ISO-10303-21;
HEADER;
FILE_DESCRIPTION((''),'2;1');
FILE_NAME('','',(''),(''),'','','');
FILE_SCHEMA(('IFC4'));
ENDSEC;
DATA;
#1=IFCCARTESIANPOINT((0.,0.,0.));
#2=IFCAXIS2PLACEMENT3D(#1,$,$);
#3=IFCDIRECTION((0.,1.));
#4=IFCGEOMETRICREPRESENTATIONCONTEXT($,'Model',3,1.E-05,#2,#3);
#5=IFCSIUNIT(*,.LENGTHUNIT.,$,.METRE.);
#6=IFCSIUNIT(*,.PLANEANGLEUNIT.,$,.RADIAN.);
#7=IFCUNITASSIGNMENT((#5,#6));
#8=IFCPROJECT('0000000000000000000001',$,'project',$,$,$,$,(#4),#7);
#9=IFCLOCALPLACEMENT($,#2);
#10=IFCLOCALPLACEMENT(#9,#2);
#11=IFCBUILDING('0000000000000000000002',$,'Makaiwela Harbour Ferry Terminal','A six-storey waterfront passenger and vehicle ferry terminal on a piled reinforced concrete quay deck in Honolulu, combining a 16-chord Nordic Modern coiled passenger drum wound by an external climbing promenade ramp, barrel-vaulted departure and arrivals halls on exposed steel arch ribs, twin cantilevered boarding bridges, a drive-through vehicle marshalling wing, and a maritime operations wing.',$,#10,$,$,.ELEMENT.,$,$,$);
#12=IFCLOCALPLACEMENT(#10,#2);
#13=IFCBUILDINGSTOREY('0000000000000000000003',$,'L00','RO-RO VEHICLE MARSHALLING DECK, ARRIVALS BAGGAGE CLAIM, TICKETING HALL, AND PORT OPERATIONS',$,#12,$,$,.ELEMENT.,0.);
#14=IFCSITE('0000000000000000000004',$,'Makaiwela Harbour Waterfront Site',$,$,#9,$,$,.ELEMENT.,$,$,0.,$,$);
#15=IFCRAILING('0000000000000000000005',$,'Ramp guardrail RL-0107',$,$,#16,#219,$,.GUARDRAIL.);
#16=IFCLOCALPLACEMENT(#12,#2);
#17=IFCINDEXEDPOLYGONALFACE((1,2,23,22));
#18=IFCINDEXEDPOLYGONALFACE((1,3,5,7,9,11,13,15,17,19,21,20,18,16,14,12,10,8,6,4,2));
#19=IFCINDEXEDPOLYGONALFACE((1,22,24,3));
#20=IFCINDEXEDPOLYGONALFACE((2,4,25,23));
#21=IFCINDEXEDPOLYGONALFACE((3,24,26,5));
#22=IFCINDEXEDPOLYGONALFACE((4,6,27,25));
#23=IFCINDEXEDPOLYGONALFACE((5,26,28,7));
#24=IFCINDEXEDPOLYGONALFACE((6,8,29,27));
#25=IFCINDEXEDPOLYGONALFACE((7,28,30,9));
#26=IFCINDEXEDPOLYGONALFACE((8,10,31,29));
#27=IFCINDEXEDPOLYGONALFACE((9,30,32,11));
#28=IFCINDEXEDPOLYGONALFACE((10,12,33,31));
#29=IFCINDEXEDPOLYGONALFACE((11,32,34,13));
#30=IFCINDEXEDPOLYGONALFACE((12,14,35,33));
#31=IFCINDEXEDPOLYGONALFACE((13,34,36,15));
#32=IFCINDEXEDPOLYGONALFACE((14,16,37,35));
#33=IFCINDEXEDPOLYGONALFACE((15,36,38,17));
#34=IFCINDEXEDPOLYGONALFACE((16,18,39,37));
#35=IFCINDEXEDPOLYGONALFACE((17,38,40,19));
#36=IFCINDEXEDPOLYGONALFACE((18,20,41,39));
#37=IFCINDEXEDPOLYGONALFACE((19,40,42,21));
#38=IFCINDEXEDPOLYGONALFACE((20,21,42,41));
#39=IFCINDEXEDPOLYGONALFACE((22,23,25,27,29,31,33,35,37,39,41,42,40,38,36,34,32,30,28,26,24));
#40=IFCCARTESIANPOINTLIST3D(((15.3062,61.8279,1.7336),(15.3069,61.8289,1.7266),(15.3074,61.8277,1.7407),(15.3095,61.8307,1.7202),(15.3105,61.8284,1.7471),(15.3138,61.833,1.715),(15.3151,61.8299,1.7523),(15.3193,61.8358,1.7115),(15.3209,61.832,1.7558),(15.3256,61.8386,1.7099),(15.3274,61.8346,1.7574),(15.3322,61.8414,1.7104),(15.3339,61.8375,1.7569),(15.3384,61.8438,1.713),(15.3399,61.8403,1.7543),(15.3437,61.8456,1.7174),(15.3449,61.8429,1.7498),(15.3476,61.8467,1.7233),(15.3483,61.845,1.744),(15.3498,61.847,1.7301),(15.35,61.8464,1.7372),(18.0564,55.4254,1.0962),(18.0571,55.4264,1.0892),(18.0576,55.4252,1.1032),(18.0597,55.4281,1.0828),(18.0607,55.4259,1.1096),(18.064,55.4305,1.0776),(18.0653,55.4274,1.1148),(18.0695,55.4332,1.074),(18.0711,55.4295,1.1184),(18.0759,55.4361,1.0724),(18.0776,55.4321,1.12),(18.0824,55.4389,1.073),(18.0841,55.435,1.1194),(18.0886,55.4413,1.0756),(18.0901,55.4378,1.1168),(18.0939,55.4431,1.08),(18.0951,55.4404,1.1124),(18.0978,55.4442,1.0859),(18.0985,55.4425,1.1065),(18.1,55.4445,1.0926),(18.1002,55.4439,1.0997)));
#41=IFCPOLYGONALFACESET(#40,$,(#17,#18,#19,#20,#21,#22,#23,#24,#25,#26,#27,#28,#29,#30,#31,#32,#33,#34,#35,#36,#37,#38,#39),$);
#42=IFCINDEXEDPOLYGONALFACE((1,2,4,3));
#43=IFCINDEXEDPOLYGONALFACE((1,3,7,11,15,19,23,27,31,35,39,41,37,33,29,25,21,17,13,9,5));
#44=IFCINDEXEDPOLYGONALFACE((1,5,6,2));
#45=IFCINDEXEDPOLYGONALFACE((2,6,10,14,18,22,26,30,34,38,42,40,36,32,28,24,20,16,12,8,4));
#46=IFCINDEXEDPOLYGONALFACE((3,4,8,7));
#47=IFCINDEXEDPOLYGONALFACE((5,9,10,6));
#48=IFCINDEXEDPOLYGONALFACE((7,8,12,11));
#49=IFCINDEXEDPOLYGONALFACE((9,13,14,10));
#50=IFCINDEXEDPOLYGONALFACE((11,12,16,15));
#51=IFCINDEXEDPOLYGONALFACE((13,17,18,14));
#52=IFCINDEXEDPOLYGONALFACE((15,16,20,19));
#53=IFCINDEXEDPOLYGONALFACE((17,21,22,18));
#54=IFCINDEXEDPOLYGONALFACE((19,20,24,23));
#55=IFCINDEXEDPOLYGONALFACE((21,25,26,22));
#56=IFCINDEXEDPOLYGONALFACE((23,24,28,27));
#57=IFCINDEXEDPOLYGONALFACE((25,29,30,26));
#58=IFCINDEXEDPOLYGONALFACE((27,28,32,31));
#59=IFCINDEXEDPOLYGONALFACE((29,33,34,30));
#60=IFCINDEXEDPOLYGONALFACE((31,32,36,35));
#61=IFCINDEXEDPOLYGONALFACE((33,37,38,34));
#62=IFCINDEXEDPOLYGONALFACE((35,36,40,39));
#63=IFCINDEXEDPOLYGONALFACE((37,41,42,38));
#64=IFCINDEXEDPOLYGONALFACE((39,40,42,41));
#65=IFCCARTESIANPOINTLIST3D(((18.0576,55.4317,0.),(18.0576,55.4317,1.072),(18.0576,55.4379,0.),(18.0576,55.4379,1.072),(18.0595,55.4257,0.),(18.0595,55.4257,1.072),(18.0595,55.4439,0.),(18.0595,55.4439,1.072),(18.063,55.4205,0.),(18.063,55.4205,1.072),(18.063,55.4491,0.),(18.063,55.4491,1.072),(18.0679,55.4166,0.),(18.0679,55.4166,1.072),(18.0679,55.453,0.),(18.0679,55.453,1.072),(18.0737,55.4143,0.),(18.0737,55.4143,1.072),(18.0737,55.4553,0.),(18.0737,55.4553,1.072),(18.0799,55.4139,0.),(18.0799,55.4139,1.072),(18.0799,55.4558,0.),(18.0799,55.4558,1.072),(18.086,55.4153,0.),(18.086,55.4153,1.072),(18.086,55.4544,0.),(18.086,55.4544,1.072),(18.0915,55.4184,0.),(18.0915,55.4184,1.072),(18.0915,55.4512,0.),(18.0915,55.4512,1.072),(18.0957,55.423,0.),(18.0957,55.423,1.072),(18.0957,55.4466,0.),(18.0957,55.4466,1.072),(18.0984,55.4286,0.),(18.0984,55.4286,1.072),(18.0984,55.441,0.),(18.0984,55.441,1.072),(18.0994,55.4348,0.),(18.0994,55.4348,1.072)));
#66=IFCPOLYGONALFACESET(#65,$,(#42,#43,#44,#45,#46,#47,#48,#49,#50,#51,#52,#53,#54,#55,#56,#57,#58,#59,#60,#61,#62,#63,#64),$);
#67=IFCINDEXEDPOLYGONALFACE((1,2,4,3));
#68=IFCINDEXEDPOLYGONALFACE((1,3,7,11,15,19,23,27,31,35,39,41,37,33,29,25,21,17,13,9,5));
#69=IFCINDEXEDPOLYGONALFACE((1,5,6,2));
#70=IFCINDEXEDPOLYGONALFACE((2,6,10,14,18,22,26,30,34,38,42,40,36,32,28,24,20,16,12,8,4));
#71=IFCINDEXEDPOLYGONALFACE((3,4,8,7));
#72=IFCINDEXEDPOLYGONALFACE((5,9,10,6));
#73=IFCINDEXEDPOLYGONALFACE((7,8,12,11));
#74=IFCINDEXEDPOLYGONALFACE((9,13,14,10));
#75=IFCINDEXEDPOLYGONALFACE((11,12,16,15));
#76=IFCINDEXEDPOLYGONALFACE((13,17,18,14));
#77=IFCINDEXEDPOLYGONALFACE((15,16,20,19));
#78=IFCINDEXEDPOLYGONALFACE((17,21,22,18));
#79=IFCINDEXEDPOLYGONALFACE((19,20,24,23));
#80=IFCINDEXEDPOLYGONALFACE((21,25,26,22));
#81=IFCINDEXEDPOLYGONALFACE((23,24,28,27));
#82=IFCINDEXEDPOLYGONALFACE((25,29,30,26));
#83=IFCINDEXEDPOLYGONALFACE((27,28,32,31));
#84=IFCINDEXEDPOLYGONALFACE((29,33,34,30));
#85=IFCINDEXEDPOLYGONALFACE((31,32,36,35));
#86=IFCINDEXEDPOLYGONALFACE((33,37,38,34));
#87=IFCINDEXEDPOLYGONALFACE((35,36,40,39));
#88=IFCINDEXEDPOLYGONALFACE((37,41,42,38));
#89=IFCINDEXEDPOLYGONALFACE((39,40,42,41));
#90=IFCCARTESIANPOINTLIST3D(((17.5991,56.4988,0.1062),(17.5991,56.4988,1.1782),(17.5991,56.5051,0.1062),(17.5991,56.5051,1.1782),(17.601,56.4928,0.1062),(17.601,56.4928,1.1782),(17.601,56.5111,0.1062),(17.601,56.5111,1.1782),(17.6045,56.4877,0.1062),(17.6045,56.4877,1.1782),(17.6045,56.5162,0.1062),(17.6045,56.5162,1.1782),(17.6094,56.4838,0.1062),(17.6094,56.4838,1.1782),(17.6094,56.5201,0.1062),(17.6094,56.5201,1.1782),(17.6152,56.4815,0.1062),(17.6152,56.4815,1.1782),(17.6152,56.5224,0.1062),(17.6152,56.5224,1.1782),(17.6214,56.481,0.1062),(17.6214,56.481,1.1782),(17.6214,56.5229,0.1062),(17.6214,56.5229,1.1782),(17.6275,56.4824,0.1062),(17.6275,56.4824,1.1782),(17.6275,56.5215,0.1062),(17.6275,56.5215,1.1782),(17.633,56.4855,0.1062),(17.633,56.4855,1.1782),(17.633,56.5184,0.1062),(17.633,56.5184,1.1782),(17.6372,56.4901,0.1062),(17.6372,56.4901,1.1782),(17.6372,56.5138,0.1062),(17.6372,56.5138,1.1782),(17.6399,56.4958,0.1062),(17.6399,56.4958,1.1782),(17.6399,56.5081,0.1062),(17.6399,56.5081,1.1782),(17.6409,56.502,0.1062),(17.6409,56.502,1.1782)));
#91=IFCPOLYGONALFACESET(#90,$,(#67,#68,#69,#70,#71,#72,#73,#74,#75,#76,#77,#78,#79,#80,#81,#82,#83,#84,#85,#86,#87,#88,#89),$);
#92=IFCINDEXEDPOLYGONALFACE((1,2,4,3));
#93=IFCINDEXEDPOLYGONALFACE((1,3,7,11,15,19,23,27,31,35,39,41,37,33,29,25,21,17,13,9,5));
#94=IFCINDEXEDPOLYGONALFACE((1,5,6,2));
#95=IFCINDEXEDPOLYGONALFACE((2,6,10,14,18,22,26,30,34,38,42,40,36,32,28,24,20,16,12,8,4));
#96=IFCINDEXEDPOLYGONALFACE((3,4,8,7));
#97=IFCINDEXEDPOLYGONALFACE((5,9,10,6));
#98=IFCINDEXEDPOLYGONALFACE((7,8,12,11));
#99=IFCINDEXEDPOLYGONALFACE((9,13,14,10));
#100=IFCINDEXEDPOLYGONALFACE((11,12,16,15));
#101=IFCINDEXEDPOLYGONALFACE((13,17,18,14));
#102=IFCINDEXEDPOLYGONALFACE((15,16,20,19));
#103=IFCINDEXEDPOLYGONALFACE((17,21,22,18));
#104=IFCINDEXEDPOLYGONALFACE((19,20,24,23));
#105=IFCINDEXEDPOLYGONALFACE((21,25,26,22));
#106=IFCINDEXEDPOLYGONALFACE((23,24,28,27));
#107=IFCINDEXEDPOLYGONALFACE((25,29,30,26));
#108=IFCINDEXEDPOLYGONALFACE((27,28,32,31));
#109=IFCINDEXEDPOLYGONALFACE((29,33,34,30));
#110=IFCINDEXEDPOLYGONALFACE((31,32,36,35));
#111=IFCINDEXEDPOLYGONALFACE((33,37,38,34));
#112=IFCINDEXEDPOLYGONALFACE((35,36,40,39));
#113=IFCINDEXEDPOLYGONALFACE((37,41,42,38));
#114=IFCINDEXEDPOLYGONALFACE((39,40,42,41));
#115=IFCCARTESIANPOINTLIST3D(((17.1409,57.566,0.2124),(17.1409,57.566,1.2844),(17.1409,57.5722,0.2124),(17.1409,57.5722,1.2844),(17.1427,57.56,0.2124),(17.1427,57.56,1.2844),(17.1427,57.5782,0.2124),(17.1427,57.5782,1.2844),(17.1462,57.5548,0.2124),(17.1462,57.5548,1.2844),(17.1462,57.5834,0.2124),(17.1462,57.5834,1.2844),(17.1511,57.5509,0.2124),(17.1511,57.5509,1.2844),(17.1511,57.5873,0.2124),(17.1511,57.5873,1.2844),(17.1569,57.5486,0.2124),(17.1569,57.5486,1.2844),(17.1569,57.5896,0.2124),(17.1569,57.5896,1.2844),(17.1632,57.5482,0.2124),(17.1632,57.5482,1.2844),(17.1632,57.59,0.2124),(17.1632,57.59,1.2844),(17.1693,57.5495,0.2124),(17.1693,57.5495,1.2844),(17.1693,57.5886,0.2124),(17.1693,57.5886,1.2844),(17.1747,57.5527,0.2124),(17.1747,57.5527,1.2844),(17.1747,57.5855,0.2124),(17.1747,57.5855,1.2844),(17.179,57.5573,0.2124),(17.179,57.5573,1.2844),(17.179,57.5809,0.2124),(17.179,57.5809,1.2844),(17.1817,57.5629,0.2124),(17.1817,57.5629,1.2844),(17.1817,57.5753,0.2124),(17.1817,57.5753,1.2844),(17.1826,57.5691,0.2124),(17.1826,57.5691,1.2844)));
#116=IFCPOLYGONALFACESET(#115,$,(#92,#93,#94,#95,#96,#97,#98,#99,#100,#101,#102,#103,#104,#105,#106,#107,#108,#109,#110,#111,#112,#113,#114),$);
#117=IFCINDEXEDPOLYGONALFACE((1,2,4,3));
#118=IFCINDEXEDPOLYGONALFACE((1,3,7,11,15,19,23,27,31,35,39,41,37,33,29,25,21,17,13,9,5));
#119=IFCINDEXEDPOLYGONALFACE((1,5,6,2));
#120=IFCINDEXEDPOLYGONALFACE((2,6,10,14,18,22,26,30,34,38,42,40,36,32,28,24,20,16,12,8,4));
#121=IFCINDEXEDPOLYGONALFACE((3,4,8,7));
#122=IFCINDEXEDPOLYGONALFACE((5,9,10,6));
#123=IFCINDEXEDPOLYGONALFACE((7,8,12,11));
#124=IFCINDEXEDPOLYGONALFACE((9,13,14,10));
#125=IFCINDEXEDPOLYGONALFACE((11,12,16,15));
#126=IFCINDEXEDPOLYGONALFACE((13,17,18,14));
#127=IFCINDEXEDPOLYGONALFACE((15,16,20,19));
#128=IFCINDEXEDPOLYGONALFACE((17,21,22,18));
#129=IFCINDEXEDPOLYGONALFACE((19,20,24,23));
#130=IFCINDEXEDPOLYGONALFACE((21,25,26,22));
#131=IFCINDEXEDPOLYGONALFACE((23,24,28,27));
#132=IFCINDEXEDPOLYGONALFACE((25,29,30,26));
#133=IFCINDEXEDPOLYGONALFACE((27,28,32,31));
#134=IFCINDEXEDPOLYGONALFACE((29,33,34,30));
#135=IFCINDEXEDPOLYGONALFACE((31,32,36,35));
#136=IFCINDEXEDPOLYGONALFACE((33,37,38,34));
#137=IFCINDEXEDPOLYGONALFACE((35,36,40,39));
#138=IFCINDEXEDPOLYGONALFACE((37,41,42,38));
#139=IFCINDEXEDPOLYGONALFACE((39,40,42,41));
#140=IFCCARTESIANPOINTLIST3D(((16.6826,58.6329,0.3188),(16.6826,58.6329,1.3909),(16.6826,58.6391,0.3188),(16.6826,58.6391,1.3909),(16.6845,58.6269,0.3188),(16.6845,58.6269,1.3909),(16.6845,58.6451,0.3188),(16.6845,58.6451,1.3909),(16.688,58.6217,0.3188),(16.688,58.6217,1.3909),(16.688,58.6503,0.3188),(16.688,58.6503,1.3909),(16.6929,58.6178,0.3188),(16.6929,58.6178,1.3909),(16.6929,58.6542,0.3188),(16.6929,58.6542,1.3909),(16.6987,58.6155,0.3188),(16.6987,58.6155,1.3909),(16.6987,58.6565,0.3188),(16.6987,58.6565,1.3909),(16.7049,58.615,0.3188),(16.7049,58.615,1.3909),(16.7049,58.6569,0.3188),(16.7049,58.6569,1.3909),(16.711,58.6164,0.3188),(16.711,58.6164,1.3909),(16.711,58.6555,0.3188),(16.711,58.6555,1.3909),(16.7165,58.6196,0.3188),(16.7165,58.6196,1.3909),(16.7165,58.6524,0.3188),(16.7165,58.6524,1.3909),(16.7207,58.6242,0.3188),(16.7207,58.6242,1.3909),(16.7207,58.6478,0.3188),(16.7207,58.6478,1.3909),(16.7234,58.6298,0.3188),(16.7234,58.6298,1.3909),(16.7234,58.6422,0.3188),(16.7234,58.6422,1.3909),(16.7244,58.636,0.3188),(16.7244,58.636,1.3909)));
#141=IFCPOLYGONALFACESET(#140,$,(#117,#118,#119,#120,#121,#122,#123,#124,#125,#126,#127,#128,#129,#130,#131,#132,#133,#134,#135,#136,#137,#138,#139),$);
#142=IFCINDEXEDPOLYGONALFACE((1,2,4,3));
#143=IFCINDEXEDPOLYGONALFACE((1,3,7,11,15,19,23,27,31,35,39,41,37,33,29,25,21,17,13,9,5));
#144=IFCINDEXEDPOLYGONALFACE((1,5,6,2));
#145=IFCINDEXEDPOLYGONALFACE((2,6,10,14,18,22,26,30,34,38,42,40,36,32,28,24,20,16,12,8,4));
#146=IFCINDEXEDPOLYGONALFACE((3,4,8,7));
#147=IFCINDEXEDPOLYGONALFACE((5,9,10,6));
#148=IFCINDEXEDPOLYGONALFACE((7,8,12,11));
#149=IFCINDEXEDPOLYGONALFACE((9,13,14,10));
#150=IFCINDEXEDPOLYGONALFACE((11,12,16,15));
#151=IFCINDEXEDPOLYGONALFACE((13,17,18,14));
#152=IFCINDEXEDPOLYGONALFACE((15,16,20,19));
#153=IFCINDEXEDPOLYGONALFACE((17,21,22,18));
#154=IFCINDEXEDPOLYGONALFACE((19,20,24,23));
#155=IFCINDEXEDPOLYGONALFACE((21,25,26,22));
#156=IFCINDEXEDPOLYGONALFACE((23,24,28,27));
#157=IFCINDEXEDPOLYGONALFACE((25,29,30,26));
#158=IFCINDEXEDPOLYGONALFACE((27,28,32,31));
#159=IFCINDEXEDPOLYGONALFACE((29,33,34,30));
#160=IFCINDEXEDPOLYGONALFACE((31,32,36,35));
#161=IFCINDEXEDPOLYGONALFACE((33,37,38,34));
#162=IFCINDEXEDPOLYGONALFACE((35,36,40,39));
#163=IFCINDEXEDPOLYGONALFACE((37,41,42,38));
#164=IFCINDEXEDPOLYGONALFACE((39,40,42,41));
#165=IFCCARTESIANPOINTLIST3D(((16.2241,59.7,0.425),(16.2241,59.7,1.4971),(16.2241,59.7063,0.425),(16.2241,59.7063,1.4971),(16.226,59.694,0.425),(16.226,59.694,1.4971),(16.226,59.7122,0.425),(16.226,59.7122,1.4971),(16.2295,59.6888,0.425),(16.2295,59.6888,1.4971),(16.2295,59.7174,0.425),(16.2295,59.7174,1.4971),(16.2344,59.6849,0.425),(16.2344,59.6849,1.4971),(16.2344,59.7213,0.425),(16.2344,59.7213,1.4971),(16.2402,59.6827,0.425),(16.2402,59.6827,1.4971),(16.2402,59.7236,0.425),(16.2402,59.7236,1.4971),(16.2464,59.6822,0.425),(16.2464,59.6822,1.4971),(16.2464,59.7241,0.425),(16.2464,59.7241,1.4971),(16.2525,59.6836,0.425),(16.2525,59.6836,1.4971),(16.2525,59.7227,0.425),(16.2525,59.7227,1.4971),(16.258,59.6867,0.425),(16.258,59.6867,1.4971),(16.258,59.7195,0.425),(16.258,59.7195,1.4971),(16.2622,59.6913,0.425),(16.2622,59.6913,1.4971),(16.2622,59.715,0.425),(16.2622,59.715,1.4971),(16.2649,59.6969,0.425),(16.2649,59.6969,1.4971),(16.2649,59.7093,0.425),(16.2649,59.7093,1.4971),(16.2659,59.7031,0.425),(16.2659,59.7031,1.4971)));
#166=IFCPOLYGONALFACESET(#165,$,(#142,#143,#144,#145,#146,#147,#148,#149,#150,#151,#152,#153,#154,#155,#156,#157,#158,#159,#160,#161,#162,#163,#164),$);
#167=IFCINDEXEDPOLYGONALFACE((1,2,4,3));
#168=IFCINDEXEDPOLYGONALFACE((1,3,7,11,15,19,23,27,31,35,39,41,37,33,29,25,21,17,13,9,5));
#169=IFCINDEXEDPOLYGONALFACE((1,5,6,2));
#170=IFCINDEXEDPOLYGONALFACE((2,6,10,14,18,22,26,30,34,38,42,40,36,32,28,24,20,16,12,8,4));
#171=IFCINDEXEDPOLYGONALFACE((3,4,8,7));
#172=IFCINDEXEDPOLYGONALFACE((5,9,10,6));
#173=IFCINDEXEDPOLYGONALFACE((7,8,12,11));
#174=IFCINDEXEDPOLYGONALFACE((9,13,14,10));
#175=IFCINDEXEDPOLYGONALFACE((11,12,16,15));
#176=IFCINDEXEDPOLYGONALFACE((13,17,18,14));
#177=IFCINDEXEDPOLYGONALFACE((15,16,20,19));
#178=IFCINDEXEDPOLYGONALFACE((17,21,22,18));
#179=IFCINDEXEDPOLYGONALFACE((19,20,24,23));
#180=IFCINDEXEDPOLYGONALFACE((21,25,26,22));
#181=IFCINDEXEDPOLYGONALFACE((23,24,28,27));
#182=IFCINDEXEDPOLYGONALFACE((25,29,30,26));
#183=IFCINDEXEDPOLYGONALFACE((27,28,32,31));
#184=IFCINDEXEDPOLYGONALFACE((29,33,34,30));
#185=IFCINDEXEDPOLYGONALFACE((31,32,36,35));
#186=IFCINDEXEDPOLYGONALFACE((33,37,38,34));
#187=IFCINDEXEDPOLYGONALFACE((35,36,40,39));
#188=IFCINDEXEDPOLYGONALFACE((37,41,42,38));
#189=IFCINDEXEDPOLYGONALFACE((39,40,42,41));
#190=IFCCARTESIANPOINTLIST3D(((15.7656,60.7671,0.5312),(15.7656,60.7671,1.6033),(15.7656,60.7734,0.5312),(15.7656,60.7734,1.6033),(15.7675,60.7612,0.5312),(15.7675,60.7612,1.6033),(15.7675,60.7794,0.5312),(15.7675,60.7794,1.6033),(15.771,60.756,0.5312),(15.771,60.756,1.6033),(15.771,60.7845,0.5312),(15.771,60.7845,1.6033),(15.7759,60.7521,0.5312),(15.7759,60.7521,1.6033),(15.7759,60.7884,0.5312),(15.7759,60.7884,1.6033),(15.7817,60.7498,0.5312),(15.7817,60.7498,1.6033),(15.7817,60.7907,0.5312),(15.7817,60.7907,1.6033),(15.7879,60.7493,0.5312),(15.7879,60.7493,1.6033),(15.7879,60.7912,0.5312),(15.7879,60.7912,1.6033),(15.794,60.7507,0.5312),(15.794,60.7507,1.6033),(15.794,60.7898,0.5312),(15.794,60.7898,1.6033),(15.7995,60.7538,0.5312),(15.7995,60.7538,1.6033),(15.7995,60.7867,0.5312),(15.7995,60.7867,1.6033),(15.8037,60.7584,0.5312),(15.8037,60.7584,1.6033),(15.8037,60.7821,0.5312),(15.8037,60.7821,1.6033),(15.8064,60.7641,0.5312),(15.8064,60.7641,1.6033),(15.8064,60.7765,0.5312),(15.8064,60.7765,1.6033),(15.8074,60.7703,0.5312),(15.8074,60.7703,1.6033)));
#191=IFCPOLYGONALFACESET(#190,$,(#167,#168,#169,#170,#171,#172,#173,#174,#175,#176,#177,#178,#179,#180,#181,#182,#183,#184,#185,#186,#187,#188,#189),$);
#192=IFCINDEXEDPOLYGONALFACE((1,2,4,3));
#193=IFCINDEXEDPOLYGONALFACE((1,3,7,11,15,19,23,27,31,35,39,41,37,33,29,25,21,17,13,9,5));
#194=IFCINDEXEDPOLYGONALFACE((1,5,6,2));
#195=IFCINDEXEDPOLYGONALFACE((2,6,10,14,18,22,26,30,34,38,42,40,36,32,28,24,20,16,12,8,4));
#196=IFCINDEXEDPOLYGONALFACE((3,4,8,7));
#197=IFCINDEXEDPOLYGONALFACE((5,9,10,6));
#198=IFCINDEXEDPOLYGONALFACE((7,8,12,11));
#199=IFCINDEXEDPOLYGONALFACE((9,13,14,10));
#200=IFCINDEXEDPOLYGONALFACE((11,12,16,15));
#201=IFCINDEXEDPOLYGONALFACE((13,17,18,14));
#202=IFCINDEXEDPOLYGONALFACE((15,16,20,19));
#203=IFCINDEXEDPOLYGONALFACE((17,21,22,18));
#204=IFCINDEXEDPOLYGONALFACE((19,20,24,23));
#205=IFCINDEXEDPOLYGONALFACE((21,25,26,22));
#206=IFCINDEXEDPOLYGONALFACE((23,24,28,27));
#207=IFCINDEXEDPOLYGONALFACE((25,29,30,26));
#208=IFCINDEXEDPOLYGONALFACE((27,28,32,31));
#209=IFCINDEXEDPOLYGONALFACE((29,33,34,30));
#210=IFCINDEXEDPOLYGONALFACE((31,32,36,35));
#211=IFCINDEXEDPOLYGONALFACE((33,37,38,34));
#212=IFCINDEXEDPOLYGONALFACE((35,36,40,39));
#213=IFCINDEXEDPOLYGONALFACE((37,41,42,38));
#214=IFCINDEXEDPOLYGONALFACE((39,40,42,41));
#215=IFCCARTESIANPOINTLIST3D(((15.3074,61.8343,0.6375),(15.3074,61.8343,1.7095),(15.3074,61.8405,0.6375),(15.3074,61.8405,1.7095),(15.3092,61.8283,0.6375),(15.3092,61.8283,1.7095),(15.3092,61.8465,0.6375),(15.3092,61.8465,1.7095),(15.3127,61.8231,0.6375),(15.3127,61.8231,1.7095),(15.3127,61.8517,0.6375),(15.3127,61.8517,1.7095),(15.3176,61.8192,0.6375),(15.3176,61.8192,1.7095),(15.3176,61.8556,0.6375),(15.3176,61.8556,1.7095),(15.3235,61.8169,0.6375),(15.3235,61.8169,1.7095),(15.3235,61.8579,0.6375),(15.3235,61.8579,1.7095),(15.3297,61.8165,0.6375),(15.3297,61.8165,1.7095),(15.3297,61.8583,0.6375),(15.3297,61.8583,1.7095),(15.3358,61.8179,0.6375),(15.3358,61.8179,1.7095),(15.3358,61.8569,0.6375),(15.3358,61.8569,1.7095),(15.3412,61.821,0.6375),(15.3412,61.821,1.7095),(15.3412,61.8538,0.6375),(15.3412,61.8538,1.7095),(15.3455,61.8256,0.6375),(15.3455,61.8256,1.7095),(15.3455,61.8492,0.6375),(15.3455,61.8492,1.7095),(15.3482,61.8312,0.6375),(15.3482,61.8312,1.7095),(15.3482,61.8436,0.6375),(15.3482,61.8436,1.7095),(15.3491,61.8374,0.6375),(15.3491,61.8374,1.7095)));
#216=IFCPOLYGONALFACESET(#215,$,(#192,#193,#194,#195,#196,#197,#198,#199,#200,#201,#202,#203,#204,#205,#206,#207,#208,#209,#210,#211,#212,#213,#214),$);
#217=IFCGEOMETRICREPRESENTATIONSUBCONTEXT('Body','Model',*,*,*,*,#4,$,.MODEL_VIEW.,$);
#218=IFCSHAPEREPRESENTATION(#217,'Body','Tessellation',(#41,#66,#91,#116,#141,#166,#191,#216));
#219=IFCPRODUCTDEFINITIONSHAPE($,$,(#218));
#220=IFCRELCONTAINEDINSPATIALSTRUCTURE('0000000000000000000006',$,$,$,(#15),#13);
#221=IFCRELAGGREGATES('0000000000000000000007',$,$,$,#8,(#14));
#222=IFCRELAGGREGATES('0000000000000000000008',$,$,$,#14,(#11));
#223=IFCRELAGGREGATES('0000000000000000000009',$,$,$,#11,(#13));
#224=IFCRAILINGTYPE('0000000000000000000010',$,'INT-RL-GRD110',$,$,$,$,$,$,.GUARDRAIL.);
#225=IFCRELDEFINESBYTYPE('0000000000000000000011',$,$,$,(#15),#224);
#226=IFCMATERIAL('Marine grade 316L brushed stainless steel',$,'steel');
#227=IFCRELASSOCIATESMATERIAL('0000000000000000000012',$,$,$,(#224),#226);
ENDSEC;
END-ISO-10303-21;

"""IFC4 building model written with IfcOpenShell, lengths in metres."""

from ifc_helpers import new_model, si_unit, direction, frame, origin, origin_2d, place, context, subcontext, project, spatial, circle, extrude, material, type_object, element, save


model = new_model("IFC4")

# Units and contexts
model_context = context("Model", 3, precision=1e-05, world=origin(), true_north=direction((0.0, 1.0)))
body_context = subcontext(model_context, "Body", "Model", "MODEL_VIEW")
ifc_project = project(units=[si_unit("LENGTHUNIT", "METRE"), si_unit("PLANEANGLEUNIT", "RADIAN")], contexts=[model_context])

# Site, building, storey
site_placement = place(None, origin())
site = spatial("IfcSite", under=ifc_project, at=site_placement, Name="Makaiwela Harbour Waterfront Site", CompositionType="ELEMENT", RefElevation=0.0)
building_placement = place(site_placement, origin())
building = spatial("IfcBuilding", under=site, at=building_placement, Name="Makaiwela Harbour Ferry Terminal", Description="A six-storey waterfront passenger and vehicle ferry terminal on a piled reinforced concrete quay deck in Honolulu, combining a 16-chord Nordic Modern coiled passenger drum wound by an external climbing promenade ramp, barrel-vaulted departure and arrivals halls on exposed steel arch ribs, twin cantilevered boarding bridges, a drive-through vehicle marshalling wing, and a maritime operations wing.", CompositionType="ELEMENT")
storey_placement = place(building_placement, origin())
storey = spatial("IfcBuildingStorey", under=building, at=storey_placement, Name="L00", Description="RO-RO VEHICLE MARSHALLING DECK, ARRIVALS BAGGAGE CLAIM, TICKETING HALL, AND PORT OPERATIONS", CompositionType="ELEMENT", Elevation=0.0)

# Railing
ifc_material_1 = material(Name="Marine grade 316L brushed stainless steel", Category="steel")
railing_type_1 = type_object("IfcRailingType", Name="INT-RL-GRD110", PredefinedType="GUARDRAIL", material=ifc_material_1)
railing_1_placement = place(storey_placement, frame((18.0784, 55.4348, 0.0)))
element("IfcRailing", 1, at=railing_1_placement, inside=storey, type_object=railing_type_1, Name="Ramp guardrail RL-0107", PredefinedType="GUARDRAIL", context=body_context, shape_type="SweptSolid", body=[
    extrude(circle(Radius=0.0239, at=origin_2d()), frame((0.0, 0.0, 1.0962), z_axis=(-0.393039, 0.914998, 0.091099), x_axis=(-0.918819, -0.39468, 0.0)), (0.0, 0.0, 1.0), 6.9973),
    extrude(circle(Radius=0.021, at=origin_2d()), origin(), (0.0, 0.0, 1.0), 1.072),
    extrude(circle(Radius=0.021, at=origin_2d()), frame((-0.4585, 1.0671, 0.1062)), (0.0, 0.0, 1.0), 1.072),
    extrude(circle(Radius=0.021, at=origin_2d()), frame((-0.9167, 2.1343, 0.2124)), (0.0, 0.0, 1.0), 1.072),
    extrude(circle(Radius=0.021, at=origin_2d()), frame((-1.375, 3.2012, 0.3188)), (0.0, 0.0, 1.0), 1.072),
    extrude(circle(Radius=0.021, at=origin_2d()), frame((-1.8335, 4.2683, 0.425)), (0.0, 0.0, 1.0), 1.072),
    extrude(circle(Radius=0.021, at=origin_2d()), frame((-2.292, 5.3354, 0.5312)), (0.0, 0.0, 1.0), 1.072),
    extrude(circle(Radius=0.021, at=origin_2d()), frame((-2.7502, 6.4026, 0.6375)), (0.0, 0.0, 1.0), 1.072),
])

save(model, "model.ifc")
